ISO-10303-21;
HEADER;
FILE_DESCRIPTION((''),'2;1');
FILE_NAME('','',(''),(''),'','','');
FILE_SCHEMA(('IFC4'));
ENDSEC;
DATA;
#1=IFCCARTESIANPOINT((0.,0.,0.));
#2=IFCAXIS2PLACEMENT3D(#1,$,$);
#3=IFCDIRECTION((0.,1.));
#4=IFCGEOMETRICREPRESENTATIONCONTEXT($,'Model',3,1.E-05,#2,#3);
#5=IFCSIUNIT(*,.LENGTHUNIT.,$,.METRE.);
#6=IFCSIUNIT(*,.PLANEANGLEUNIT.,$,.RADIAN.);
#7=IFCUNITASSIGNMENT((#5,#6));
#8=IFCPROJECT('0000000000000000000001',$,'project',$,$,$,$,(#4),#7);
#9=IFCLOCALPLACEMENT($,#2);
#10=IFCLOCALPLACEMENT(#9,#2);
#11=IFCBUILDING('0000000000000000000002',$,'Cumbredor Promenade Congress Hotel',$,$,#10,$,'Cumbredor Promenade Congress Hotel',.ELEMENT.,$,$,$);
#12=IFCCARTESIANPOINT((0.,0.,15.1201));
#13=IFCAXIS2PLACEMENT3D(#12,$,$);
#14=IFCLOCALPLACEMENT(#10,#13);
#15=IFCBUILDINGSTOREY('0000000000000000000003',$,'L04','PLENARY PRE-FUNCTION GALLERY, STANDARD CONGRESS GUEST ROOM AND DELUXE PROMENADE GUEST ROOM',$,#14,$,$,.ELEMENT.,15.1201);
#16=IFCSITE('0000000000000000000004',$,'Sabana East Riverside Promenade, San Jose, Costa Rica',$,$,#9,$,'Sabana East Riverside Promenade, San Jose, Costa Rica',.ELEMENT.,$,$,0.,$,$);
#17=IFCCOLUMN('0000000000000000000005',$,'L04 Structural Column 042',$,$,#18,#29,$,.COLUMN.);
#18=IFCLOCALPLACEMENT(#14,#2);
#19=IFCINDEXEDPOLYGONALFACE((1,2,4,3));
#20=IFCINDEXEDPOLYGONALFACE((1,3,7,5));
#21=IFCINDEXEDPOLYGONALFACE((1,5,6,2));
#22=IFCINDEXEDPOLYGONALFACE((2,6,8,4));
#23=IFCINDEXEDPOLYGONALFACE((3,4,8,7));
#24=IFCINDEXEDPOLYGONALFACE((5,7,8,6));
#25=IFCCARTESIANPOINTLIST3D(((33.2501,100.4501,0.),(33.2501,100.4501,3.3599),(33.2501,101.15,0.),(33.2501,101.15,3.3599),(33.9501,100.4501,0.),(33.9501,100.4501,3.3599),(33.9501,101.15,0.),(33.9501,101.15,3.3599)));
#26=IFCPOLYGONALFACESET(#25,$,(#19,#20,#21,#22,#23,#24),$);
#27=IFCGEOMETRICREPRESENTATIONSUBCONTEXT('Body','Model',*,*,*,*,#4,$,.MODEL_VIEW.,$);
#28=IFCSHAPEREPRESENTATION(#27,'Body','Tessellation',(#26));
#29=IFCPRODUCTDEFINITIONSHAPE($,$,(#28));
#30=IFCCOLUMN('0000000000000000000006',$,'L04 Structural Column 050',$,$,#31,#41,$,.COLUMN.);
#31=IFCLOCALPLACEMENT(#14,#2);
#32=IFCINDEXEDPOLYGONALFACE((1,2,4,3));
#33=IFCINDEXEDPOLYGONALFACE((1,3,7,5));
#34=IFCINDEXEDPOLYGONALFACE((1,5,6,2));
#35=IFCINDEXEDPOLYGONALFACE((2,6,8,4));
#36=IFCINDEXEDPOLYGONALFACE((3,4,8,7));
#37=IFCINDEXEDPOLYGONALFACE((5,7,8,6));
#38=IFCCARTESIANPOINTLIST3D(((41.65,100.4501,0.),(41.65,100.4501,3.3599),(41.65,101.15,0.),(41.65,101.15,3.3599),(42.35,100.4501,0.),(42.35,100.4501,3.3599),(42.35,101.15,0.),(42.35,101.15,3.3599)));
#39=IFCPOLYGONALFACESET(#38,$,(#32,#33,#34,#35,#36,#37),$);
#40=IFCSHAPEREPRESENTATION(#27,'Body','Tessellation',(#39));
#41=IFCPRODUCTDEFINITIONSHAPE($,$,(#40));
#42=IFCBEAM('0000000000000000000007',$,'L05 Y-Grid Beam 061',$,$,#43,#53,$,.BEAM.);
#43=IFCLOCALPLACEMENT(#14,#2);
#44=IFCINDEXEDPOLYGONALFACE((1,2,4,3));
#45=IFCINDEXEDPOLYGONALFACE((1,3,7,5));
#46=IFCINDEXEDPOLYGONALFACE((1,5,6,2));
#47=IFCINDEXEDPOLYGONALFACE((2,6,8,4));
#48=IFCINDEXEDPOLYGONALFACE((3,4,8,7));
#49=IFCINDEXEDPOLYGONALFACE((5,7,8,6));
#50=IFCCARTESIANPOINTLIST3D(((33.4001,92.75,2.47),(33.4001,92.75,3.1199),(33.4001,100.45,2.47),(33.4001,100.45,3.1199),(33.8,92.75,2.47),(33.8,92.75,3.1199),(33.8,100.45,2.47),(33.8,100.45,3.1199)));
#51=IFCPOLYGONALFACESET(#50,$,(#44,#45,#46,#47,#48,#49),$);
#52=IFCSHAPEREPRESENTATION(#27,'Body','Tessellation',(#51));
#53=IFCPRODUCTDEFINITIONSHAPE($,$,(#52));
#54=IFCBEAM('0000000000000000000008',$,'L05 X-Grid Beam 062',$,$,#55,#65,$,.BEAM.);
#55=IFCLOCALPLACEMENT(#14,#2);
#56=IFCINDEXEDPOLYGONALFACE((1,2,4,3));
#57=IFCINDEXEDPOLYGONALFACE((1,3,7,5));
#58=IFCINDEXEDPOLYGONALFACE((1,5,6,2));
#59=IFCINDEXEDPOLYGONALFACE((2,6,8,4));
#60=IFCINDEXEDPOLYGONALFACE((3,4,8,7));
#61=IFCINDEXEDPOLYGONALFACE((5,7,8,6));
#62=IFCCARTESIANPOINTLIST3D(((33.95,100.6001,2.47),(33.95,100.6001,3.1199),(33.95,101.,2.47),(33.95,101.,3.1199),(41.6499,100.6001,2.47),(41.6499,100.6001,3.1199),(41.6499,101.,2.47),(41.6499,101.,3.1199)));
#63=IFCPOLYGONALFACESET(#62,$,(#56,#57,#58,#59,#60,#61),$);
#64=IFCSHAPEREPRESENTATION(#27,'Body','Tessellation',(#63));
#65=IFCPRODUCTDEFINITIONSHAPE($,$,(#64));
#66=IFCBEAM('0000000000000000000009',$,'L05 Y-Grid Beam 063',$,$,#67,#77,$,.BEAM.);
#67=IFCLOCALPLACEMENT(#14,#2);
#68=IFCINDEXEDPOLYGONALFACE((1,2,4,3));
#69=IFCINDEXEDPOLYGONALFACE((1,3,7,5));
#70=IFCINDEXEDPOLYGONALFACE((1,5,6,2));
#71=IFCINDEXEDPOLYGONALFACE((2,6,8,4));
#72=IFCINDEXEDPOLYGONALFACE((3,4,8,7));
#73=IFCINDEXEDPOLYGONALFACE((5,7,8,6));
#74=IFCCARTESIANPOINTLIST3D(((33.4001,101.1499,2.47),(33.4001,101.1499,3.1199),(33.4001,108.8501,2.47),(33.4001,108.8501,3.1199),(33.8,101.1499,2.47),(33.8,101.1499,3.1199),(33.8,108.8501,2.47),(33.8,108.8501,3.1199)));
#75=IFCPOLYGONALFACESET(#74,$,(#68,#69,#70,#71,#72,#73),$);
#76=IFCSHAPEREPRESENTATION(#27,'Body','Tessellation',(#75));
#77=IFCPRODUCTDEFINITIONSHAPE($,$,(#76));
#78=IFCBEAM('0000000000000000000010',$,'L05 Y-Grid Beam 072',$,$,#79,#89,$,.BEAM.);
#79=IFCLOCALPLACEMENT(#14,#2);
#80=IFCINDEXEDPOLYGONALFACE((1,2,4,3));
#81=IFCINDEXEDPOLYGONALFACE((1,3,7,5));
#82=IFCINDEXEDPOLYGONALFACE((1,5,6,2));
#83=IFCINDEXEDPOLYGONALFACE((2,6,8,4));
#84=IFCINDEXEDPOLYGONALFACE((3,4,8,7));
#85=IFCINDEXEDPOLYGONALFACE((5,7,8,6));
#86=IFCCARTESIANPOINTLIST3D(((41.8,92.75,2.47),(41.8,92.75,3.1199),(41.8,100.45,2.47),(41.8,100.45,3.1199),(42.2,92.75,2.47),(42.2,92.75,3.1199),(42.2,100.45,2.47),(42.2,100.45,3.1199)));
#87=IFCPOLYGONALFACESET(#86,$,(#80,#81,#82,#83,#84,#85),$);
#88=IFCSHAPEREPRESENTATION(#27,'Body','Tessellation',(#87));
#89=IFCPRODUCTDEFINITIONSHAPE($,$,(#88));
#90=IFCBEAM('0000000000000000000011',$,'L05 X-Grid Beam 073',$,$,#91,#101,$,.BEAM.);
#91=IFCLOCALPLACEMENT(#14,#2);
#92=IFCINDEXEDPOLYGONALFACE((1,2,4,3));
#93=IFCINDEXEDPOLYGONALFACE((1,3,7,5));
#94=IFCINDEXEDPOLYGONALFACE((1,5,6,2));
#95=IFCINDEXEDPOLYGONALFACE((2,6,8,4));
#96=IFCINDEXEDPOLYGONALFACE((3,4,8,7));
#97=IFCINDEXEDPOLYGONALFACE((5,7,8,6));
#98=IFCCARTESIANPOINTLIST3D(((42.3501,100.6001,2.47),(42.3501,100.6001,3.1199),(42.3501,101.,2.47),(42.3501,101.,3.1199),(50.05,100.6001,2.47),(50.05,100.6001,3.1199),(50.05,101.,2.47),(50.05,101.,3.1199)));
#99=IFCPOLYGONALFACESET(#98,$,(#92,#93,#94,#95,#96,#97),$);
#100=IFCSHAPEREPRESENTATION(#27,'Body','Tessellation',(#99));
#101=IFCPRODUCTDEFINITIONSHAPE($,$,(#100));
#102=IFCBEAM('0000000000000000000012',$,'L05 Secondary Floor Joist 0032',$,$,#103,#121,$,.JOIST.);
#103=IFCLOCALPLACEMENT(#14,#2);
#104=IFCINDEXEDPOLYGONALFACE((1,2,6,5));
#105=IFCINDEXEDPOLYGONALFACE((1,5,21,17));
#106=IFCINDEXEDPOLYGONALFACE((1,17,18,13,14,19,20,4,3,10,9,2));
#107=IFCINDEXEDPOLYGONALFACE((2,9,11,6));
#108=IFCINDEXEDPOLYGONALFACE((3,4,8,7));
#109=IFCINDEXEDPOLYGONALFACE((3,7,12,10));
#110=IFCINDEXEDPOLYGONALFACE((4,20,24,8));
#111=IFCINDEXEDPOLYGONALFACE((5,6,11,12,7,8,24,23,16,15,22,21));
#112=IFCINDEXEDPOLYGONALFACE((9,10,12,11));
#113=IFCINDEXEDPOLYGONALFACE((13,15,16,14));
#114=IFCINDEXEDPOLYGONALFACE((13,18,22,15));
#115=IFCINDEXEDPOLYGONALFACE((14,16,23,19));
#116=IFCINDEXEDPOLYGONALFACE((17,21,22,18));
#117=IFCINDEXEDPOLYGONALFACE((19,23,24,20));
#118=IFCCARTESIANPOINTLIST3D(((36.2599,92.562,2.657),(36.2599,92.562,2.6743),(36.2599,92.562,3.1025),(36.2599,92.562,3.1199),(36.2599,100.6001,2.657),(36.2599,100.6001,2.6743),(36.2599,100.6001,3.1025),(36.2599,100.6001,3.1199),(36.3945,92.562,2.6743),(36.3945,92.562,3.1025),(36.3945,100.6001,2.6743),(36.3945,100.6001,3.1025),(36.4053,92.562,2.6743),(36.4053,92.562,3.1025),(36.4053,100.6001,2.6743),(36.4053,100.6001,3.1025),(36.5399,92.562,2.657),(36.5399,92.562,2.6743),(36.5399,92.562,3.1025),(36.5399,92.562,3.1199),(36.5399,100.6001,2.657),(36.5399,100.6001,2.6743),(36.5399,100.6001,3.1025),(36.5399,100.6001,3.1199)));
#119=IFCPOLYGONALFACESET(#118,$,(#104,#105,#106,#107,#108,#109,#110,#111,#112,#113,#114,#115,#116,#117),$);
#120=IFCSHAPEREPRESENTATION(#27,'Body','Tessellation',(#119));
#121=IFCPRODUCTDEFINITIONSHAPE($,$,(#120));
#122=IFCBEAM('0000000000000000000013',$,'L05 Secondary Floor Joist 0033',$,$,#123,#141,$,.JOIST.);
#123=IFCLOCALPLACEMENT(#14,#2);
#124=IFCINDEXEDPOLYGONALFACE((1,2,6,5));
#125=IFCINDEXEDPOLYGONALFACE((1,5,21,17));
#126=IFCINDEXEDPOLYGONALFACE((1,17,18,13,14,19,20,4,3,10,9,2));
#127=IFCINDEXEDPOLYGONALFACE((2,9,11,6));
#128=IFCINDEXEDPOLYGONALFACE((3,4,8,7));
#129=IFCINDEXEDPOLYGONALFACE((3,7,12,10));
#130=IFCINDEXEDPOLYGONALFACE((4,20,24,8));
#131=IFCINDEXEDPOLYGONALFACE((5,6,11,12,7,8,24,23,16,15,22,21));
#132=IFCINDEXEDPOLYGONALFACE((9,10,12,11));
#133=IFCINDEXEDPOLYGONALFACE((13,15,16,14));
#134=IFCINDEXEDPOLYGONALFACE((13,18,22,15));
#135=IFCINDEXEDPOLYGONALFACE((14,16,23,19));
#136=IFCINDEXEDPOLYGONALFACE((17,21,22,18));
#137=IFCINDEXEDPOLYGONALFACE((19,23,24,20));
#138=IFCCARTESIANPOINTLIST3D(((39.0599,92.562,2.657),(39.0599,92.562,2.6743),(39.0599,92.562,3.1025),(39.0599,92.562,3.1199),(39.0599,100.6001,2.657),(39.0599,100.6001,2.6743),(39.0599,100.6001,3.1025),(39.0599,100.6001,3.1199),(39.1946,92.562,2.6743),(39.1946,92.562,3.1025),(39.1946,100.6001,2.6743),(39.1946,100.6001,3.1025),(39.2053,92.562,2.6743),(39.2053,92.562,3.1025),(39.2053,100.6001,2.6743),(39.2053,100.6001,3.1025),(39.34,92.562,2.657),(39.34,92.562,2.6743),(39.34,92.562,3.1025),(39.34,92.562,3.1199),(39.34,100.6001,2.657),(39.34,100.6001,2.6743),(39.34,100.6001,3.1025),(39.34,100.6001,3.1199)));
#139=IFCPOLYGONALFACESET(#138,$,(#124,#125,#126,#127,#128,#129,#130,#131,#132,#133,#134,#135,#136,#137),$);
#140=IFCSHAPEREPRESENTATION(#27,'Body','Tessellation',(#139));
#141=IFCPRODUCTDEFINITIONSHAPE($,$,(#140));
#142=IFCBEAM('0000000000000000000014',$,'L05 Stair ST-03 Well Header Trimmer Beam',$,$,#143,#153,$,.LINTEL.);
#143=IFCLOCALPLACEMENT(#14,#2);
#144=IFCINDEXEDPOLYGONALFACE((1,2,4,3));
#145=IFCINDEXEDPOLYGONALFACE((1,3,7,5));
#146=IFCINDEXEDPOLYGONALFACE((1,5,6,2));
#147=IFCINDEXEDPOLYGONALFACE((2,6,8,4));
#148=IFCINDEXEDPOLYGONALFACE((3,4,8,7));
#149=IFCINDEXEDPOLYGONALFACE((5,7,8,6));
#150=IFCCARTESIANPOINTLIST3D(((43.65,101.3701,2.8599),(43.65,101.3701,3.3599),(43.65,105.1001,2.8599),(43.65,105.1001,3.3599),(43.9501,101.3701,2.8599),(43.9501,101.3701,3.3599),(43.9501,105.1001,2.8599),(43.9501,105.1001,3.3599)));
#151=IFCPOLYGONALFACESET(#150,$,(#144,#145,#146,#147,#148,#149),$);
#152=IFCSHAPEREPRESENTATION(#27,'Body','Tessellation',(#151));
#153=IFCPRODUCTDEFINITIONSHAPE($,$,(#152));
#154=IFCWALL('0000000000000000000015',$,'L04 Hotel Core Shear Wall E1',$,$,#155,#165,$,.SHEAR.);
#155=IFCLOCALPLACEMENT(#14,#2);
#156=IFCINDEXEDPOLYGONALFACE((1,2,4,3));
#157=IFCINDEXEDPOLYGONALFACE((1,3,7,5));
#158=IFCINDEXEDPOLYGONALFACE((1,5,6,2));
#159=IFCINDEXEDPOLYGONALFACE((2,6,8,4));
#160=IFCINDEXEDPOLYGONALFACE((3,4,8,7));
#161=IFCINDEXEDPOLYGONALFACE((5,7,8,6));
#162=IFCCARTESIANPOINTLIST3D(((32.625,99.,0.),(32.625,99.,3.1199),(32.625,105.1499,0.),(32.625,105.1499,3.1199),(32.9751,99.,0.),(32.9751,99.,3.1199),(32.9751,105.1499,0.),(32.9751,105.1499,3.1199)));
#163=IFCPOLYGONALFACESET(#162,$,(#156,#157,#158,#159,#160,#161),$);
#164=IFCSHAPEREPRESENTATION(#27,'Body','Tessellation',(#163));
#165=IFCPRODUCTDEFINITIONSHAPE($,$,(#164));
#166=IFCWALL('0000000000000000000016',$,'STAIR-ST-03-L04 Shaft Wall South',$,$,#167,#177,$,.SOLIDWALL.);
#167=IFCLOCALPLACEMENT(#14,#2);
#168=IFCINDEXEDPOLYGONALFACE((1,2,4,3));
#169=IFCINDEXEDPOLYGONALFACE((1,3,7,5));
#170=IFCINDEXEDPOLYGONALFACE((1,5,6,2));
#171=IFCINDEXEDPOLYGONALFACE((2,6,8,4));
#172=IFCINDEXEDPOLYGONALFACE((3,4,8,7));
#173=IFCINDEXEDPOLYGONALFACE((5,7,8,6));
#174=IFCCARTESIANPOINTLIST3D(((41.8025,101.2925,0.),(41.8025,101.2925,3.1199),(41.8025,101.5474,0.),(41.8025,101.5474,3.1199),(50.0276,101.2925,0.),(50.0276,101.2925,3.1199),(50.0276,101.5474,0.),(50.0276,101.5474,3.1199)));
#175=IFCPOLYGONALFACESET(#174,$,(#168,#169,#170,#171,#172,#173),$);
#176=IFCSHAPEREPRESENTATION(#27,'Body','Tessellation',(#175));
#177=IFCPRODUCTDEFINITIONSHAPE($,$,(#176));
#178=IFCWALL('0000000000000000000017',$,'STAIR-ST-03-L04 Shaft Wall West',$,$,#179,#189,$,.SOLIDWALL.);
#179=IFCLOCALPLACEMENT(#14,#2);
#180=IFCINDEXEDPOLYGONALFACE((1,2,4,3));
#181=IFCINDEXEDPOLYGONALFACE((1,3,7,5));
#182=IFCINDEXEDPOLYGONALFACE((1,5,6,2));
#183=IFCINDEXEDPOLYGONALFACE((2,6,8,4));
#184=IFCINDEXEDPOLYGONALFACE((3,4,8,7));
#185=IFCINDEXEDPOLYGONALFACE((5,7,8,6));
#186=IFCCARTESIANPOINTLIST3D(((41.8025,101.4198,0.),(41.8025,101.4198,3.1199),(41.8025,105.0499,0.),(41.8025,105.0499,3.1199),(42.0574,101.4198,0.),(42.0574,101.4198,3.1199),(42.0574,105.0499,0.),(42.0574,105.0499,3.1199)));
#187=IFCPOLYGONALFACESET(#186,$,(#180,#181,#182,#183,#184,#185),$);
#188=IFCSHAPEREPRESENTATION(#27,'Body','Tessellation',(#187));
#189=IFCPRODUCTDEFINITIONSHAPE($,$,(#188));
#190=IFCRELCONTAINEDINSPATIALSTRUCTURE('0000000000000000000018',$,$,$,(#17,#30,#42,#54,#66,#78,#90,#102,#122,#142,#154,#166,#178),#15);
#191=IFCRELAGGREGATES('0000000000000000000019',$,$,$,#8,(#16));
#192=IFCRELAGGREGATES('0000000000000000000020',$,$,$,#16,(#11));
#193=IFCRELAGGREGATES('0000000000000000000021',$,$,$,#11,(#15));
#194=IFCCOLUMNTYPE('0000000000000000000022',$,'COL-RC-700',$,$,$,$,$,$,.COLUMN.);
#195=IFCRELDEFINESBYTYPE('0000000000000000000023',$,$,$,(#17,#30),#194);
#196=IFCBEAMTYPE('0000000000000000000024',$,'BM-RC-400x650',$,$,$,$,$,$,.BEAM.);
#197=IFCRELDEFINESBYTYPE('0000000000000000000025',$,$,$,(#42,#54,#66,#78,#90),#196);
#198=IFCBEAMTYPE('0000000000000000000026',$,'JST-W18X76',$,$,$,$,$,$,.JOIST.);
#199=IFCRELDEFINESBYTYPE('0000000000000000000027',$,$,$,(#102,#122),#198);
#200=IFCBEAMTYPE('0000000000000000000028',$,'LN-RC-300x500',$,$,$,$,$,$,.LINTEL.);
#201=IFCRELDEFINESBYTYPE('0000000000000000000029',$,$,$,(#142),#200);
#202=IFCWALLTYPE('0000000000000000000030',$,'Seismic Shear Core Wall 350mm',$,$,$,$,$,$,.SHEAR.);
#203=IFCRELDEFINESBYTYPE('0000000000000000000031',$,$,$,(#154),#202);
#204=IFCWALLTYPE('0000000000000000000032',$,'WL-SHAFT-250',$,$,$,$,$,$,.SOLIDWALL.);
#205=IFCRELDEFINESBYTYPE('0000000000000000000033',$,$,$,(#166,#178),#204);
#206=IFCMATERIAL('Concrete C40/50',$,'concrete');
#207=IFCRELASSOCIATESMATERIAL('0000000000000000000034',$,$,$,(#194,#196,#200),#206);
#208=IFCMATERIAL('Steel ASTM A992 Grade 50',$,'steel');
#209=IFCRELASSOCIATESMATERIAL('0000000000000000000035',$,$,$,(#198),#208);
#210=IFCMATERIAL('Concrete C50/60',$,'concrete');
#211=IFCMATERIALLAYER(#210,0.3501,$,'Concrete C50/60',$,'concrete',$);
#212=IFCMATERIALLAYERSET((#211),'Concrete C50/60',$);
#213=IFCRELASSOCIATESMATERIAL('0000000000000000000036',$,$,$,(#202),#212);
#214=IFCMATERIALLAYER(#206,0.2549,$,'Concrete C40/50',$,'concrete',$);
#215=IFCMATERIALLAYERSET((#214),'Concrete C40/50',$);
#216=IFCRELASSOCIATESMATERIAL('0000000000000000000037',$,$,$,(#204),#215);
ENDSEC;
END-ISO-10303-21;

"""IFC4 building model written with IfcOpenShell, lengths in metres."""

from ifc_helpers import new_model, si_unit, direction, frame, frame_2d, origin, origin_2d, place, context, subcontext, project, spatial, rectangle, i_section, extrude, material, layer, layer_set, material_profile, profile_set, type_object, element, save


model = new_model("IFC4")

# Units and contexts
model_context = context("Model", 3, precision=1e-05, world=origin(), true_north=direction((0.0, 1.0)))
body_context = subcontext(model_context, "Body", "Model", "MODEL_VIEW")
ifc_project = project(units=[si_unit("LENGTHUNIT", "METRE"), si_unit("PLANEANGLEUNIT", "RADIAN")], contexts=[model_context])

# Site, building, storey
site_placement = place(None, origin())
site = spatial("IfcSite", under=ifc_project, at=site_placement, Name="Sabana East Riverside Promenade, San Jose, Costa Rica", LongName="Sabana East Riverside Promenade, San Jose, Costa Rica", CompositionType="ELEMENT", RefElevation=0.0)
building_placement = place(site_placement, origin())
building = spatial("IfcBuilding", under=site, at=building_placement, Name="Cumbredor Promenade Congress Hotel", LongName="Cumbredor Promenade Congress Hotel", CompositionType="ELEMENT")
storey_placement = place(building_placement, frame((0.0, 0.0, 15.1201)))
storey = spatial("IfcBuildingStorey", under=building, at=storey_placement, Name="L04", Description="PLENARY PRE-FUNCTION GALLERY, STANDARD CONGRESS GUEST ROOM AND DELUXE PROMENADE GUEST ROOM", CompositionType="ELEMENT", Elevation=15.1201)

# Columns
ifc_material_1 = material(Name="Concrete C40/50", Category="concrete")
ifc_material_profile_1 = material_profile(ifc_material_1, rectangle(XDim=0.7, YDim=0.7, at=origin_2d()), Name="RC 700x700")
ifc_profile_set_1 = profile_set([ifc_material_profile_1], Name="Concrete C40/50")
column_type = type_object("IfcColumnType", Name="COL-RC-700", PredefinedType="COLUMN", material=ifc_profile_set_1)
for number, where, z_axis, x_axis, name in (
    (1, (33.6001, 100.8, 0.0), (0.0, 0.0, 1.0), (1.0, 0.0, 0.0), "L04 Structural Column 042"),
    (2, (42.0, 100.8, 0.0), (0.0, 0.0, 1.0), (1.0, 0.0, 0.0), "L04 Structural Column 050"),
):
    element("IfcColumn", number, at=place(storey_placement, frame(where, z_axis=z_axis, x_axis=x_axis)), inside=storey, type_object=column_type, Name=name, PredefinedType="COLUMN", context=body_context, shape_type="SweptSolid", body=[
        extrude(rectangle(XDim=0.7, YDim=0.7, at=origin_2d()), origin(), (0.0, 0.0, 1.0), 3.3599),
    ])

# Beams
ifc_material_profile_2 = material_profile(ifc_material_1, rectangle(XDim=0.3999, YDim=0.6499, at=origin_2d()), Name="RC BEAM 400x650")
ifc_profile_set_2 = profile_set([ifc_material_profile_2], Name="Concrete C40/50")
beam_type_1 = type_object("IfcBeamType", Name="BM-RC-400x650", PredefinedType="BEAM", material=ifc_profile_set_2)
for number, where, z_axis, x_axis, name in (
    (3, (33.6001, 92.75, 2.7949), (0.0, 1.0, 0.0), (-1.0, 0.0, 0.0), "L05 Y-Grid Beam 061"),
    (4, (33.95, 100.8, 2.7949), (1.0, 0.0, 0.0), (0.0, 1.0, 0.0), "L05 X-Grid Beam 062"),
):
    element("IfcBeam", number, at=place(storey_placement, frame(where, z_axis=z_axis, x_axis=x_axis)), inside=storey, type_object=beam_type_1, Name=name, PredefinedType="BEAM", context=body_context, shape_type="SweptSolid", body=[
        extrude(rectangle(XDim=0.3999, YDim=0.6499, at=origin_2d()), origin(), (0.0, 0.0, 1.0), 7.7),
    ])
beam_1_placement = place(storey_placement, frame((33.6001, 101.1499, 2.7949), z_axis=(0.0, 1.0, 0.0), x_axis=(-1.0, 0.0, 0.0)))
element("IfcBeam", 5, at=beam_1_placement, inside=storey, type_object=beam_type_1, Name="L05 Y-Grid Beam 063", PredefinedType="BEAM", context=body_context, shape_type="SweptSolid", body=[
    extrude(rectangle(XDim=0.3999, YDim=0.6499, at=origin_2d()), origin(), (0.0, 0.0, 1.0), 7.7002),
])
for number, where, z_axis, x_axis, name in (
    (6, (42.0, 92.75, 2.7949), (0.0, 1.0, 0.0), (-1.0, 0.0, 0.0), "L05 Y-Grid Beam 072"),
    (7, (42.3501, 100.8, 2.7949), (1.0, 0.0, 0.0), (0.0, 1.0, 0.0), "L05 X-Grid Beam 073"),
):
    element("IfcBeam", number, at=place(storey_placement, frame(where, z_axis=z_axis, x_axis=x_axis)), inside=storey, type_object=beam_type_1, Name=name, PredefinedType="BEAM", context=body_context, shape_type="SweptSolid", body=[
        extrude(rectangle(XDim=0.3999, YDim=0.6499, at=origin_2d()), origin(), (0.0, 0.0, 1.0), 7.7),
    ])
ifc_material_2 = material(Name="Steel ASTM A992 Grade 50", Category="steel")
ifc_material_profile_3 = material_profile(ifc_material_2, i_section(OverallWidth=0.28, OverallDepth=0.4629, WebThickness=0.0107, FlangeThickness=0.0173, at=origin_2d()), Name="W18X76")
ifc_profile_set_3 = profile_set([ifc_material_profile_3], Name="Steel ASTM A992 Grade 50")
beam_type_2 = type_object("IfcBeamType", Name="JST-W18X76", PredefinedType="JOIST", material=ifc_profile_set_3)
for number, where, z_axis, x_axis, name in (
    (8, (36.3999, 92.562, 2.8884), (0.0, 1.0, 0.0), (-1.0, 0.0, 0.0), "L05 Secondary Floor Joist 0032"),
    (9, (39.2, 92.562, 2.8884), (0.0, 1.0, 0.0), (-1.0, 0.0, 0.0), "L05 Secondary Floor Joist 0033"),
):
    element("IfcBeam", number, at=place(storey_placement, frame(where, z_axis=z_axis, x_axis=x_axis)), inside=storey, type_object=beam_type_2, Name=name, PredefinedType="JOIST", context=body_context, shape_type="SweptSolid", body=[
        extrude(i_section(OverallWidth=0.28, OverallDepth=0.4629, WebThickness=0.0107, FlangeThickness=0.0173, at=origin_2d()), origin(), (0.0, 0.0, 1.0), 8.0381),
    ])
ifc_material_profile_4 = material_profile(ifc_material_1, rectangle(XDim=0.3, YDim=0.5, at=origin_2d()), Name="RC LINTEL 300x500")
ifc_profile_set_4 = profile_set([ifc_material_profile_4], Name="Concrete C40/50")
beam_type_3 = type_object("IfcBeamType", Name="LN-RC-300x500", PredefinedType="LINTEL", material=ifc_profile_set_4)
beam_2_placement = place(storey_placement, frame((43.8, 101.3701, 3.1099), z_axis=(0.0, 1.0, 0.0), x_axis=(-1.0, 0.0, 0.0)))
element("IfcBeam", 10, at=beam_2_placement, inside=storey, type_object=beam_type_3, Name="L05 Stair ST-03 Well Header Trimmer Beam", PredefinedType="LINTEL", context=body_context, shape_type="SweptSolid", body=[
    extrude(rectangle(XDim=0.3, YDim=0.5, at=origin_2d()), origin(), (0.0, 0.0, 1.0), 3.73),
])

# Walls
ifc_material_3 = material(Name="Concrete C50/60", Category="concrete")
ifc_layer_1 = layer(ifc_material_3, 0.3501, Name="Concrete C50/60", Category="concrete")
ifc_layer_set_1 = layer_set([ifc_layer_1], Name="Concrete C50/60")
wall_type_1 = type_object("IfcWallType", Name="Seismic Shear Core Wall 350mm", PredefinedType="SHEAR", material=ifc_layer_set_1)
wall_1_placement = place(storey_placement, frame((32.8, 99.0, 0.0), z_axis=(0.0, 0.0, 1.0), x_axis=(0.0, 1.0, 0.0)))
element("IfcWall", 11, at=wall_1_placement, inside=storey, type_object=wall_type_1, Name="L04 Hotel Core Shear Wall E1", PredefinedType="SHEAR", context=body_context, shape_type="SweptSolid", body=[
    extrude(rectangle(XDim=6.1499, YDim=0.3501, at=frame_2d((3.075, 0.0))), origin(), (0.0, 0.0, 1.0), 3.1199),
])
ifc_layer_2 = layer(ifc_material_1, 0.2549, Name="Concrete C40/50", Category="concrete")
ifc_layer_set_2 = layer_set([ifc_layer_2], Name="Concrete C40/50")
wall_type_2 = type_object("IfcWallType", Name="WL-SHAFT-250", PredefinedType="SOLIDWALL", material=ifc_layer_set_2)
wall_2_placement = place(storey_placement, frame((41.8025, 101.4199, 0.0), z_axis=(0.0, 0.0, 1.0), x_axis=(1.0, 0.0, 0.0)))
element("IfcWall", 12, at=wall_2_placement, inside=storey, type_object=wall_type_2, Name="STAIR-ST-03-L04 Shaft Wall South", PredefinedType="SOLIDWALL", context=body_context, shape_type="SweptSolid", body=[
    extrude(rectangle(XDim=8.2251, YDim=0.2549, at=frame_2d((4.1125, 0.0))), origin(), (0.0, 0.0, 1.0), 3.1199),
])
wall_3_placement = place(storey_placement, frame((41.9299, 101.4199, 0.0), z_axis=(0.0, 0.0, 1.0), x_axis=(0.0, 1.0, 0.0)))
element("IfcWall", 13, at=wall_3_placement, inside=storey, type_object=wall_type_2, Name="STAIR-ST-03-L04 Shaft Wall West", PredefinedType="SOLIDWALL", context=body_context, shape_type="SweptSolid", body=[
    extrude(rectangle(XDim=3.6301, YDim=0.2549, at=frame_2d((1.8149, 0.0))), origin(), (0.0, 0.0, 1.0), 3.1199),
])

save(model, "model.ifc")
